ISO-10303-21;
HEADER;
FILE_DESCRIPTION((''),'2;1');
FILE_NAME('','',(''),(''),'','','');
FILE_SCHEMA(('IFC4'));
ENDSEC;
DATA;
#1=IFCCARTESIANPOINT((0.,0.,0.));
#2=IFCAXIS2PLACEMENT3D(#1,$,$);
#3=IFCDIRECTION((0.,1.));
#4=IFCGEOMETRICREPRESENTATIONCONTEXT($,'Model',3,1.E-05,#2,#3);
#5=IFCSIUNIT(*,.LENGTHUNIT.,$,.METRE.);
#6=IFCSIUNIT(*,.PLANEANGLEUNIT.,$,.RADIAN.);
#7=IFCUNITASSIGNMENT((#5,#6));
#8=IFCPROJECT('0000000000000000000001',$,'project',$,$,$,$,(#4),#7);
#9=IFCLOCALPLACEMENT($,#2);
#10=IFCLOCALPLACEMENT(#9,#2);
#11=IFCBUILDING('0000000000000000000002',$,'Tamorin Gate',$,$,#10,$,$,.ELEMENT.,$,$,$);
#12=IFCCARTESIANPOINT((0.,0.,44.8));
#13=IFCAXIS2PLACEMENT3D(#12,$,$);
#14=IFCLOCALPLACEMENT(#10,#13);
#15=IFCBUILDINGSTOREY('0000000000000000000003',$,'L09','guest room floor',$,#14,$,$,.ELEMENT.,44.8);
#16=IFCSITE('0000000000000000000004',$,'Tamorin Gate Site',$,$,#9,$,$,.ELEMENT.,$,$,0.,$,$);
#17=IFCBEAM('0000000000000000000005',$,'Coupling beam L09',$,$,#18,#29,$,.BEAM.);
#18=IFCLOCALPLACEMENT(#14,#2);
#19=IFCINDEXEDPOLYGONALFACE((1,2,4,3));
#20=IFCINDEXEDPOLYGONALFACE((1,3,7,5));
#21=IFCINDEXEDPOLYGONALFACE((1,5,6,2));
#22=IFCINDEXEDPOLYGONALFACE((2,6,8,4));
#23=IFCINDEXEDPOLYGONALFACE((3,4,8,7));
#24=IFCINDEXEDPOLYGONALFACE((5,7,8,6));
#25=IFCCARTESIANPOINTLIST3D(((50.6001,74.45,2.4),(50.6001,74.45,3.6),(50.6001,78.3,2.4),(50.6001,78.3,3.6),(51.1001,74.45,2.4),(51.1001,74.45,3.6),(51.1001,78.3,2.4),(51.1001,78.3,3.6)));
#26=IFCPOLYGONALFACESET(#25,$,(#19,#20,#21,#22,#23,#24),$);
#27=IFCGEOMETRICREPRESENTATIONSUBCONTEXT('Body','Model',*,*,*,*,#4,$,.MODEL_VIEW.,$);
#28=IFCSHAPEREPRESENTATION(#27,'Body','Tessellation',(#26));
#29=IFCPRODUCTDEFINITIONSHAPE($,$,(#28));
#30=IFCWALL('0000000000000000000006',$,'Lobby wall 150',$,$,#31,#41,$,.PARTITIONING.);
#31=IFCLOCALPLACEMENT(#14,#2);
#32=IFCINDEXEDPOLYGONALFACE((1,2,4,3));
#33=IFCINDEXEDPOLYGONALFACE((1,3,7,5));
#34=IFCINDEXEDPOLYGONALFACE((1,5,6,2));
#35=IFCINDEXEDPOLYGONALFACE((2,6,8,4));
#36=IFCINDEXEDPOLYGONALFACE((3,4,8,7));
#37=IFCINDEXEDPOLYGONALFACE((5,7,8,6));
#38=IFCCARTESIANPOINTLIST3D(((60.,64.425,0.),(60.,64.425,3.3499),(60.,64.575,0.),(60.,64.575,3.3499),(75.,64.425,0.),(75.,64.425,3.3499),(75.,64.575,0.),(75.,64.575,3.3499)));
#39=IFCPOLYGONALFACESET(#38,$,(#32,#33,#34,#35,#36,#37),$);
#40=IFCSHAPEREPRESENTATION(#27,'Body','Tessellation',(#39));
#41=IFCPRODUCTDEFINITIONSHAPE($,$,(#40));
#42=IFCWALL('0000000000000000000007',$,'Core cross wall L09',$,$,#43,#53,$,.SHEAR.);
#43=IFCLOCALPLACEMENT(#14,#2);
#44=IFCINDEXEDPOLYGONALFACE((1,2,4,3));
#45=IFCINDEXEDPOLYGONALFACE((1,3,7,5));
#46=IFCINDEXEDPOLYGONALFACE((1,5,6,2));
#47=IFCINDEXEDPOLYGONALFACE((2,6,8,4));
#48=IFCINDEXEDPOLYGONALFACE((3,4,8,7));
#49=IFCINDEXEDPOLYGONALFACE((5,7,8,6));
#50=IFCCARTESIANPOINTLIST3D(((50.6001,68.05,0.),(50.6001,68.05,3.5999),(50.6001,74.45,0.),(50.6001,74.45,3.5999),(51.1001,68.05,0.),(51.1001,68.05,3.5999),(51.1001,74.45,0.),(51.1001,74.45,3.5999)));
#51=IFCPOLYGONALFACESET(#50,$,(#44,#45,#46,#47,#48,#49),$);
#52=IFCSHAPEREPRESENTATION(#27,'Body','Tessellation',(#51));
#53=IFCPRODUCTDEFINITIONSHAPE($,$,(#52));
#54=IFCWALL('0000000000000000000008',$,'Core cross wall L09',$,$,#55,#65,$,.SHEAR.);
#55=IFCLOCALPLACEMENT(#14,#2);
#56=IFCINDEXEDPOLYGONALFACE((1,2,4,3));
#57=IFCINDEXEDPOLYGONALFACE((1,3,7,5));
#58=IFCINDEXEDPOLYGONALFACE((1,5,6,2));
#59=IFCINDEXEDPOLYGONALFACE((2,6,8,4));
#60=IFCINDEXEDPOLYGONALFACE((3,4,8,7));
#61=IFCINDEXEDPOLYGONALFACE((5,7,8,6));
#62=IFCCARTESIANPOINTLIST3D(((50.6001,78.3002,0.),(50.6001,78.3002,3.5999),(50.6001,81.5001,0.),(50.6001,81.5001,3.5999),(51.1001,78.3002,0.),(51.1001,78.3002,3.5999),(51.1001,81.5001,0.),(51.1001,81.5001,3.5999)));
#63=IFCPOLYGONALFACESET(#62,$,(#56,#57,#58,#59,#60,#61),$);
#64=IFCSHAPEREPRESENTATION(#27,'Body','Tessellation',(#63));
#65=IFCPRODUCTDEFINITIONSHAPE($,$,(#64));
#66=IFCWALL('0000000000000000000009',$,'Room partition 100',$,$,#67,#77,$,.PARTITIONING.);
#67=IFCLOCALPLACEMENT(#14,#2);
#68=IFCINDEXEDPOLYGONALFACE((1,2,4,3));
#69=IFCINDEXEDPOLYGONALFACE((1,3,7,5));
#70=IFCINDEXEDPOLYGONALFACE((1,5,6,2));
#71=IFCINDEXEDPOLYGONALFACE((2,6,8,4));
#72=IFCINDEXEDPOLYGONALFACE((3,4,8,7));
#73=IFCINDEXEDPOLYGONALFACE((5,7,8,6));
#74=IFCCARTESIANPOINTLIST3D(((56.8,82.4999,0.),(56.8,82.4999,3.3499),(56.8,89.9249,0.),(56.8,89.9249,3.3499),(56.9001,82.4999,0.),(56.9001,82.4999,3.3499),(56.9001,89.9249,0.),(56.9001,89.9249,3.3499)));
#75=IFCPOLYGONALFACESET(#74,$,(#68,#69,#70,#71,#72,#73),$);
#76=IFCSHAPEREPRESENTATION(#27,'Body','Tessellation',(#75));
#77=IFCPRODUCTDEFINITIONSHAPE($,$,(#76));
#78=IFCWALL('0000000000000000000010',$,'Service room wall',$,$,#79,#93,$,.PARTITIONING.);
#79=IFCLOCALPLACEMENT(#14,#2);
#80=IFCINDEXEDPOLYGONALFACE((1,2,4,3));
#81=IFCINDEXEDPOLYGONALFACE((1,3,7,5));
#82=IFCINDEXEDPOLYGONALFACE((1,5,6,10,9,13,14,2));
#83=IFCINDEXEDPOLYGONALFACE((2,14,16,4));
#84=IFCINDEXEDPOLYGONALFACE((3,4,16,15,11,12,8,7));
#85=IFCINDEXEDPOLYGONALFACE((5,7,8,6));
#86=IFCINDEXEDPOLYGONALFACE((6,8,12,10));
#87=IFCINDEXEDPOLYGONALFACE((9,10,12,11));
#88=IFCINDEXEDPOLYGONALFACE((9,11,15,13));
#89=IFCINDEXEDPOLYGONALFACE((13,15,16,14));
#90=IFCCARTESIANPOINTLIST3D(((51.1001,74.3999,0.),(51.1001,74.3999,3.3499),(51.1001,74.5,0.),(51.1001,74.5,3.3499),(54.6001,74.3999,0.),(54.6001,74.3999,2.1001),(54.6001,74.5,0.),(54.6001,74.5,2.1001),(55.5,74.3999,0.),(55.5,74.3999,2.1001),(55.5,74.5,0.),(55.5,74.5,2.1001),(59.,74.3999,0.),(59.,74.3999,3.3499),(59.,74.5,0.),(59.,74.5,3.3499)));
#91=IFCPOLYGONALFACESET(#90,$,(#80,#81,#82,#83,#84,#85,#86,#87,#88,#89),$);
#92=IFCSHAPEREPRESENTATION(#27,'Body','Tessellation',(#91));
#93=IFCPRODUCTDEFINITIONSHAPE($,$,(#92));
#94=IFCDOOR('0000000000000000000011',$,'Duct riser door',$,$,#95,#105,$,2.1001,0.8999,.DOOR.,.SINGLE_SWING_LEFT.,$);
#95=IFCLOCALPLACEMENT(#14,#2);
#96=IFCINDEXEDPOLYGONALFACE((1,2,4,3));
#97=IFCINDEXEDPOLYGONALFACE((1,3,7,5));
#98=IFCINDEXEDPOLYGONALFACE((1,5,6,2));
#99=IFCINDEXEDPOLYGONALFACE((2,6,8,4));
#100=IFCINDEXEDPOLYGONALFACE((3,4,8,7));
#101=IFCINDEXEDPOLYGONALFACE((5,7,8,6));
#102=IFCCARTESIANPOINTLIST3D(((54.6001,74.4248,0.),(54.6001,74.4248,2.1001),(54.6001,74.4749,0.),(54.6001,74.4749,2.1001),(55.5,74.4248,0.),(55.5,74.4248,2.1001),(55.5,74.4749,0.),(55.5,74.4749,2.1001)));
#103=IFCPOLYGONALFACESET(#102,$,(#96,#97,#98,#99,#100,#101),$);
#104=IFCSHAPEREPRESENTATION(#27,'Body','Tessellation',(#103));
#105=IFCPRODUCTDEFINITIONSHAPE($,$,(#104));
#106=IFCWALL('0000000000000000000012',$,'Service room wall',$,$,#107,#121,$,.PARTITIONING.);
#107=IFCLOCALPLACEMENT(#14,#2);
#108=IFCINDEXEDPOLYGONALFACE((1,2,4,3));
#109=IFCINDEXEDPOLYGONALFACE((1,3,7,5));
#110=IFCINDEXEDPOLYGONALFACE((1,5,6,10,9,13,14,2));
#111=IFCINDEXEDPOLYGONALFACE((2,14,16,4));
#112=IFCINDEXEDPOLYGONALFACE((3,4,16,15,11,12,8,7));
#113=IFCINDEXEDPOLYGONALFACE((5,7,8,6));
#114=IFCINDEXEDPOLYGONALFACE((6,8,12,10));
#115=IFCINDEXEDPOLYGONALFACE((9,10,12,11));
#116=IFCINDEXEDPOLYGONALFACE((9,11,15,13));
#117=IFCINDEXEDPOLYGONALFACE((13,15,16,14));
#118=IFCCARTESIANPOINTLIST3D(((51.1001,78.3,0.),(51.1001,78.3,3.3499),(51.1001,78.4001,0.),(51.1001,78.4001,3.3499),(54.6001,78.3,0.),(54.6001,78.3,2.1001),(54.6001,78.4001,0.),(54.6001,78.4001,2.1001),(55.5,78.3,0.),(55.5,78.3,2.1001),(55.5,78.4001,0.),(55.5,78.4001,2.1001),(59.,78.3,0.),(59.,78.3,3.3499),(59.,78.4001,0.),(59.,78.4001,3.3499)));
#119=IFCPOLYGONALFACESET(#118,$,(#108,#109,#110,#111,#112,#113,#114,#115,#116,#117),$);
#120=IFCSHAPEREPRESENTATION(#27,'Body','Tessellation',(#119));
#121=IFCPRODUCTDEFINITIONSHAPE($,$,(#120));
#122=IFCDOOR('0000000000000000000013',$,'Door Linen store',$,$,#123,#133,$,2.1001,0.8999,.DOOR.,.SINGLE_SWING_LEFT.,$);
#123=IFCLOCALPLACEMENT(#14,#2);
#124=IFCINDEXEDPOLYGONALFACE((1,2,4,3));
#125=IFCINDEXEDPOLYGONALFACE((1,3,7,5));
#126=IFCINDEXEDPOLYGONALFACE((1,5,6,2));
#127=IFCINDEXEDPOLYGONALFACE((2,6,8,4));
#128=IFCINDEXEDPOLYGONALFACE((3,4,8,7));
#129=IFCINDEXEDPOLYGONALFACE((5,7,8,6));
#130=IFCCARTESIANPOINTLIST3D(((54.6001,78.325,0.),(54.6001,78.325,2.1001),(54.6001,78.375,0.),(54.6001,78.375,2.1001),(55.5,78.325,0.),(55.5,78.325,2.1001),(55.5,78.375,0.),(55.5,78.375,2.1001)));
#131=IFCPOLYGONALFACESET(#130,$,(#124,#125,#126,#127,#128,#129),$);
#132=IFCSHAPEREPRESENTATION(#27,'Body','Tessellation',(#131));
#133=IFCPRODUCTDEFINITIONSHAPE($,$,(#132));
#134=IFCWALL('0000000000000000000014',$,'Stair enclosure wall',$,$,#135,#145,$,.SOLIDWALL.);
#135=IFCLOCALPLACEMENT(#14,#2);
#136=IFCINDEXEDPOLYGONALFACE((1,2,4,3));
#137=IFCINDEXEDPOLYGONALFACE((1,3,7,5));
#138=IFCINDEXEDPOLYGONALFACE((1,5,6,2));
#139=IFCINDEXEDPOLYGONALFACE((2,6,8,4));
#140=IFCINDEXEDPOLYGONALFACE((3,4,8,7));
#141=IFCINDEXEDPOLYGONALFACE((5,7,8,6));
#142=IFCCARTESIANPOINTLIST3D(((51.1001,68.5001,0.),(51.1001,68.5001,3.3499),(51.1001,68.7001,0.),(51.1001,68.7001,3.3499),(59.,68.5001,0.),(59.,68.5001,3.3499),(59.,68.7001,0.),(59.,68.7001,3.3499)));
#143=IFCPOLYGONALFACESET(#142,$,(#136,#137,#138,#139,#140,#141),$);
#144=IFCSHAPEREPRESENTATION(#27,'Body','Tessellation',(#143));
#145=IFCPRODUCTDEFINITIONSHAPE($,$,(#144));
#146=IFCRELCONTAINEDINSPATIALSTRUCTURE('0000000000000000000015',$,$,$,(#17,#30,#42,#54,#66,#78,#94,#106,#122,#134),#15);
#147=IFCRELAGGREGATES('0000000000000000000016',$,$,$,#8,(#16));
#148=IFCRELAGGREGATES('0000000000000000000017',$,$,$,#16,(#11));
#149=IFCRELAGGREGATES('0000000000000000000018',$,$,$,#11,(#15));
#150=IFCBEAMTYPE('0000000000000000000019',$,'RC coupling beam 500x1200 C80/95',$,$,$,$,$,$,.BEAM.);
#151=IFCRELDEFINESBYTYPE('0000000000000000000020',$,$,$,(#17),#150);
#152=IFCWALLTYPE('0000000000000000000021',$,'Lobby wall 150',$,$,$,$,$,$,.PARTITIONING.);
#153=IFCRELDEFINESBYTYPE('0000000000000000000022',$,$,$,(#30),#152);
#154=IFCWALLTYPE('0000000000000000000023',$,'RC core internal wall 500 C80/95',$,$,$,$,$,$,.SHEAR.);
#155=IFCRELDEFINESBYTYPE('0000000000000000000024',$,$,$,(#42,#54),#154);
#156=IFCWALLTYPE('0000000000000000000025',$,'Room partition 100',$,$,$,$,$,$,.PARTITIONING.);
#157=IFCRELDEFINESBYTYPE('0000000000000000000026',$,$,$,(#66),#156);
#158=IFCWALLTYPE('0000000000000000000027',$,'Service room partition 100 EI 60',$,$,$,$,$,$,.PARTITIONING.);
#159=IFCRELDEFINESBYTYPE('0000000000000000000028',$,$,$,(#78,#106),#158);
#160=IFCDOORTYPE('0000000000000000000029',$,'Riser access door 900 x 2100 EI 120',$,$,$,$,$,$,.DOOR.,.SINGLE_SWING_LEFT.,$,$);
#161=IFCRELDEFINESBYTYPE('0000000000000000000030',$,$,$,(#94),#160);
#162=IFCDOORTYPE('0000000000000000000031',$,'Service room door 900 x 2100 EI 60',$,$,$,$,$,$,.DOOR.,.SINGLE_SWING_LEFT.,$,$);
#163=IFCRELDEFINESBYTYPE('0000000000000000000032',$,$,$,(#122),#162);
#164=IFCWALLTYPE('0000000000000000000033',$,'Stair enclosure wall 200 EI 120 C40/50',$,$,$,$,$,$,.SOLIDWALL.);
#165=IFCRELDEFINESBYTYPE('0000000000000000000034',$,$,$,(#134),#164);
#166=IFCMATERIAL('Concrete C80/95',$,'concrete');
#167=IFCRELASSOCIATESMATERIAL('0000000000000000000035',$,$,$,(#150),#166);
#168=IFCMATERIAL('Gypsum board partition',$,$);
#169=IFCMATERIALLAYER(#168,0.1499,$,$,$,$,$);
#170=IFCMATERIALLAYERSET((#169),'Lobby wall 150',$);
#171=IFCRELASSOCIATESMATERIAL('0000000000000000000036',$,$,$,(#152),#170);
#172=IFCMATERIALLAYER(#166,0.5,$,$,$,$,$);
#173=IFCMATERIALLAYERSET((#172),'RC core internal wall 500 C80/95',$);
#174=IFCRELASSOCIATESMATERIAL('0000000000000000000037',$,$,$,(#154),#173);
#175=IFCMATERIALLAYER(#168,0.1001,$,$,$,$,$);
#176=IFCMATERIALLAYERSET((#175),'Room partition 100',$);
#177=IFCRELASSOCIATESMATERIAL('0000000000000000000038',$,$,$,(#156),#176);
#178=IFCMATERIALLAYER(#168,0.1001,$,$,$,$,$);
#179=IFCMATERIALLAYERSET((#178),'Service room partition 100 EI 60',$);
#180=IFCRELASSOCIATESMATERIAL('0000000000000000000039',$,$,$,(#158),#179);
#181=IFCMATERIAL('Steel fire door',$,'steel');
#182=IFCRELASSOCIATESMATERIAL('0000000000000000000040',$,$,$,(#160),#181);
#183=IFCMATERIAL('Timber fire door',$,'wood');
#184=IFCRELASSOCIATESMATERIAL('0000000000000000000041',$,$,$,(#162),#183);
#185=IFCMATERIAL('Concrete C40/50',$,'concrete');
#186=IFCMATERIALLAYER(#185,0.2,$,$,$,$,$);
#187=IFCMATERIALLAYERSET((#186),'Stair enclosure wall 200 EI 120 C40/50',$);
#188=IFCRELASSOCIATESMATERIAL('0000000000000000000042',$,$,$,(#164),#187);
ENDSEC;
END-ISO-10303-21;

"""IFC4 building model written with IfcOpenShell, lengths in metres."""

from ifc_helpers import new_model, si_unit, direction, frame, frame_2d, origin, origin_2d, place, context, subcontext, project, spatial, rectangle, extrude, material, layer, layer_set, material_profile, profile_set, type_object, element, fill, save


model = new_model("IFC4")

# Units and contexts
model_context = context("Model", 3, precision=1e-05, world=origin(), true_north=direction((0.0, 1.0)))
body_context = subcontext(model_context, "Body", "Model", "MODEL_VIEW")
ifc_project = project(units=[si_unit("LENGTHUNIT", "METRE"), si_unit("PLANEANGLEUNIT", "RADIAN")], contexts=[model_context])

# Site, building, storey
site_placement = place(None, origin())
site = spatial("IfcSite", under=ifc_project, at=site_placement, Name="Tamorin Gate Site", CompositionType="ELEMENT", RefElevation=0.0)
building_placement = place(site_placement, origin())
building = spatial("IfcBuilding", under=site, at=building_placement, Name="Tamorin Gate", CompositionType="ELEMENT")
storey_placement = place(building_placement, frame((0.0, 0.0, 44.8)))
storey = spatial("IfcBuildingStorey", under=building, at=storey_placement, Name="L09", Description="guest room floor", CompositionType="ELEMENT", Elevation=44.8)

# Beam
ifc_material_1 = material(Name="Concrete C80/95", Category="concrete")
ifc_material_profile = material_profile(ifc_material_1, rectangle(XDim=0.5, YDim=1.2, at=origin_2d()), Name="RC 500x1200")
ifc_profile_set = profile_set([ifc_material_profile], Name="Concrete C80/95")
beam_type = type_object("IfcBeamType", Name="RC coupling beam 500x1200 C80/95", PredefinedType="BEAM", material=ifc_profile_set)
beam_placement = place(storey_placement, frame((50.8501, 74.45, 3.0), z_axis=(0.0, 1.0, 0.0), x_axis=(-1.0, 0.0, 0.0)))
element("IfcBeam", 1, at=beam_placement, inside=storey, type_object=beam_type, Name="Coupling beam L09", PredefinedType="BEAM", context=body_context, shape_type="SweptSolid", body=[
    extrude(rectangle(XDim=0.5, YDim=1.2, at=origin_2d()), origin(), (0.0, 0.0, 1.0), 3.8501),
])

# Walls
ifc_material_2 = material(Name="Gypsum board partition")
ifc_layer_1 = layer(ifc_material_2, 0.1499)
ifc_layer_set_1 = layer_set([ifc_layer_1], Name="Lobby wall 150")
wall_type_1 = type_object("IfcWallType", Name="Lobby wall 150", PredefinedType="PARTITIONING", material=ifc_layer_set_1)
wall_1_placement = place(storey_placement, frame((60.0, 64.5, 0.0), z_axis=(0.0, 0.0, 1.0), x_axis=(1.0, 0.0, 0.0)))
element("IfcWall", 2, at=wall_1_placement, inside=storey, type_object=wall_type_1, Name="Lobby wall 150", PredefinedType="PARTITIONING", context=body_context, shape_type="SweptSolid", body=[
    extrude(rectangle(XDim=15.0, YDim=0.1499, at=frame_2d((7.5, 0.0))), origin(), (0.0, 0.0, 1.0), 3.3499),
])
ifc_layer_2 = layer(ifc_material_1, 0.5)
ifc_layer_set_2 = layer_set([ifc_layer_2], Name="RC core internal wall 500 C80/95")
wall_type_2 = type_object("IfcWallType", Name="RC core internal wall 500 C80/95", PredefinedType="SHEAR", material=ifc_layer_set_2)
wall_2_placement = place(storey_placement, frame((50.8501, 68.05, 0.0), z_axis=(0.0, 0.0, 1.0), x_axis=(0.0, 1.0, 0.0)))
element("IfcWall", 3, at=wall_2_placement, inside=storey, type_object=wall_type_2, Name="Core cross wall L09", PredefinedType="SHEAR", context=body_context, shape_type="SweptSolid", body=[
    extrude(rectangle(XDim=6.3999, YDim=0.5, at=frame_2d((3.2, 0.0))), origin(), (0.0, 0.0, 1.0), 3.5999),
])
wall_3_placement = place(storey_placement, frame((50.8501, 78.3, 0.0), z_axis=(0.0, 0.0, 1.0), x_axis=(0.0, 1.0, 0.0)))
element("IfcWall", 4, at=wall_3_placement, inside=storey, type_object=wall_type_2, Name="Core cross wall L09", PredefinedType="SHEAR", context=body_context, shape_type="SweptSolid", body=[
    extrude(rectangle(XDim=3.2, YDim=0.5, at=frame_2d((1.6001, 0.0))), origin(), (0.0, 0.0, 1.0), 3.5999),
])
ifc_layer_3 = layer(ifc_material_2, 0.1001)
ifc_layer_set_3 = layer_set([ifc_layer_3], Name="Room partition 100")
wall_type_3 = type_object("IfcWallType", Name="Room partition 100", PredefinedType="PARTITIONING", material=ifc_layer_set_3)
wall_4_placement = place(storey_placement, frame((56.8501, 82.5, 0.0), z_axis=(0.0, 0.0, 1.0), x_axis=(0.0, 1.0, 0.0)))
element("IfcWall", 5, at=wall_4_placement, inside=storey, type_object=wall_type_3, Name="Room partition 100", PredefinedType="PARTITIONING", context=body_context, shape_type="SweptSolid", body=[
    extrude(rectangle(XDim=7.425, YDim=0.1001, at=frame_2d((3.7124, 0.0))), origin(), (0.0, 0.0, 1.0), 3.3499),
])

# Walls, openings, doors
ifc_layer_4 = layer(ifc_material_2, 0.1001)
ifc_layer_set_4 = layer_set([ifc_layer_4], Name="Service room partition 100 EI 60")
wall_type_4 = type_object("IfcWallType", Name="Service room partition 100 EI 60", PredefinedType="PARTITIONING", material=ifc_layer_set_4)
wall_5_placement = place(storey_placement, frame((51.1001, 74.45, 0.0), z_axis=(0.0, 0.0, 1.0), x_axis=(1.0, 0.0, 0.0)))
wall_5 = element("IfcWall", 6, at=wall_5_placement, inside=storey, type_object=wall_type_4, Name="Service room wall", PredefinedType="PARTITIONING", context=body_context, shape_type="SweptSolid", body=[
    extrude(rectangle(XDim=7.8999, YDim=0.1001, at=frame_2d((3.95, 0.0))), origin(), (0.0, 0.0, 1.0), 3.3499),
])
opening_1_placement = place(wall_5_placement, frame((3.5, 0.0, 0.0)))
opening_1 = element("IfcOpeningElement", 7, at=opening_1_placement, cuts=wall_5, PredefinedType="OPENING", context=body_context, shape_type="SweptSolid", body=[
    extrude(rectangle(XDim=0.8999, YDim=2.1001, at=frame_2d((0.45, 1.05))), frame((0.0, 0.0601, 0.0), z_axis=(0.0, -1.0, 0.0), x_axis=(1.0, 0.0, 0.0)), (0.0, 0.0, 1.0), 0.1201),
])
ifc_material_3 = material(Name="Steel fire door", Category="steel")
door_type_1 = type_object("IfcDoorType", Name="Riser access door 900 x 2100 EI 120", OperationType="SINGLE_SWING_LEFT", PredefinedType="DOOR", material=ifc_material_3)
door_1_placement = place(opening_1_placement, origin())
door_1 = element("IfcDoor", 8, at=door_1_placement, inside=storey, type_object=door_type_1, Name="Duct riser door", OperationType="SINGLE_SWING_LEFT", OverallHeight=2.1001, OverallWidth=0.8999, PredefinedType="DOOR", context=body_context, shape_type="SweptSolid", body=[
    extrude(rectangle(XDim=0.8999, YDim=2.1001, at=frame_2d((0.45, 1.05))), frame((0.0, 0.0249, 0.0), z_axis=(0.0, -1.0, 0.0), x_axis=(1.0, 0.0, 0.0)), (0.0, 0.0, 1.0), 0.05),
])
fill(opening_1, door_1)
wall_6_placement = place(storey_placement, frame((51.1001, 78.3501, 0.0), z_axis=(0.0, 0.0, 1.0), x_axis=(1.0, 0.0, 0.0)))
wall_6 = element("IfcWall", 9, at=wall_6_placement, inside=storey, type_object=wall_type_4, Name="Service room wall", PredefinedType="PARTITIONING", context=body_context, shape_type="SweptSolid", body=[
    extrude(rectangle(XDim=7.8999, YDim=0.1001, at=frame_2d((3.95, 0.0))), origin(), (0.0, 0.0, 1.0), 3.3499),
])
opening_2_placement = place(wall_6_placement, frame((3.5, 0.0, 0.0)))
opening_2 = element("IfcOpeningElement", 10, at=opening_2_placement, cuts=wall_6, PredefinedType="OPENING", context=body_context, shape_type="SweptSolid", body=[
    extrude(rectangle(XDim=0.8999, YDim=2.1001, at=frame_2d((0.45, 1.05))), frame((0.0, 0.0601, 0.0), z_axis=(0.0, -1.0, 0.0), x_axis=(1.0, 0.0, 0.0)), (0.0, 0.0, 1.0), 0.1201),
])
ifc_material_4 = material(Name="Timber fire door", Category="wood")
door_type_2 = type_object("IfcDoorType", Name="Service room door 900 x 2100 EI 60", OperationType="SINGLE_SWING_LEFT", PredefinedType="DOOR", material=ifc_material_4)
door_2_placement = place(opening_2_placement, origin())
door_2 = element("IfcDoor", 11, at=door_2_placement, inside=storey, type_object=door_type_2, Name="Door Linen store", OperationType="SINGLE_SWING_LEFT", OverallHeight=2.1001, OverallWidth=0.8999, PredefinedType="DOOR", context=body_context, shape_type="SweptSolid", body=[
    extrude(rectangle(XDim=0.8999, YDim=2.1001, at=frame_2d((0.45, 1.05))), frame((0.0, 0.0249, 0.0), z_axis=(0.0, -1.0, 0.0), x_axis=(1.0, 0.0, 0.0)), (0.0, 0.0, 1.0), 0.05),
])
fill(opening_2, door_2)

# Wall
ifc_material_5 = material(Name="Concrete C40/50", Category="concrete")
ifc_layer_5 = layer(ifc_material_5, 0.2)
ifc_layer_set_5 = layer_set([ifc_layer_5], Name="Stair enclosure wall 200 EI 120 C40/50")
wall_type_5 = type_object("IfcWallType", Name="Stair enclosure wall 200 EI 120 C40/50", PredefinedType="SOLIDWALL", material=ifc_layer_set_5)
wall_7_placement = place(storey_placement, frame((51.1001, 68.6001, 0.0), z_axis=(0.0, 0.0, 1.0), x_axis=(1.0, 0.0, 0.0)))
element("IfcWall", 12, at=wall_7_placement, inside=storey, type_object=wall_type_5, Name="Stair enclosure wall", PredefinedType="SOLIDWALL", context=body_context, shape_type="SweptSolid", body=[
    extrude(rectangle(XDim=7.8999, YDim=0.2, at=frame_2d((3.95, 0.0))), origin(), (0.0, 0.0, 1.0), 3.3499),
])

save(model, "model.ifc")
